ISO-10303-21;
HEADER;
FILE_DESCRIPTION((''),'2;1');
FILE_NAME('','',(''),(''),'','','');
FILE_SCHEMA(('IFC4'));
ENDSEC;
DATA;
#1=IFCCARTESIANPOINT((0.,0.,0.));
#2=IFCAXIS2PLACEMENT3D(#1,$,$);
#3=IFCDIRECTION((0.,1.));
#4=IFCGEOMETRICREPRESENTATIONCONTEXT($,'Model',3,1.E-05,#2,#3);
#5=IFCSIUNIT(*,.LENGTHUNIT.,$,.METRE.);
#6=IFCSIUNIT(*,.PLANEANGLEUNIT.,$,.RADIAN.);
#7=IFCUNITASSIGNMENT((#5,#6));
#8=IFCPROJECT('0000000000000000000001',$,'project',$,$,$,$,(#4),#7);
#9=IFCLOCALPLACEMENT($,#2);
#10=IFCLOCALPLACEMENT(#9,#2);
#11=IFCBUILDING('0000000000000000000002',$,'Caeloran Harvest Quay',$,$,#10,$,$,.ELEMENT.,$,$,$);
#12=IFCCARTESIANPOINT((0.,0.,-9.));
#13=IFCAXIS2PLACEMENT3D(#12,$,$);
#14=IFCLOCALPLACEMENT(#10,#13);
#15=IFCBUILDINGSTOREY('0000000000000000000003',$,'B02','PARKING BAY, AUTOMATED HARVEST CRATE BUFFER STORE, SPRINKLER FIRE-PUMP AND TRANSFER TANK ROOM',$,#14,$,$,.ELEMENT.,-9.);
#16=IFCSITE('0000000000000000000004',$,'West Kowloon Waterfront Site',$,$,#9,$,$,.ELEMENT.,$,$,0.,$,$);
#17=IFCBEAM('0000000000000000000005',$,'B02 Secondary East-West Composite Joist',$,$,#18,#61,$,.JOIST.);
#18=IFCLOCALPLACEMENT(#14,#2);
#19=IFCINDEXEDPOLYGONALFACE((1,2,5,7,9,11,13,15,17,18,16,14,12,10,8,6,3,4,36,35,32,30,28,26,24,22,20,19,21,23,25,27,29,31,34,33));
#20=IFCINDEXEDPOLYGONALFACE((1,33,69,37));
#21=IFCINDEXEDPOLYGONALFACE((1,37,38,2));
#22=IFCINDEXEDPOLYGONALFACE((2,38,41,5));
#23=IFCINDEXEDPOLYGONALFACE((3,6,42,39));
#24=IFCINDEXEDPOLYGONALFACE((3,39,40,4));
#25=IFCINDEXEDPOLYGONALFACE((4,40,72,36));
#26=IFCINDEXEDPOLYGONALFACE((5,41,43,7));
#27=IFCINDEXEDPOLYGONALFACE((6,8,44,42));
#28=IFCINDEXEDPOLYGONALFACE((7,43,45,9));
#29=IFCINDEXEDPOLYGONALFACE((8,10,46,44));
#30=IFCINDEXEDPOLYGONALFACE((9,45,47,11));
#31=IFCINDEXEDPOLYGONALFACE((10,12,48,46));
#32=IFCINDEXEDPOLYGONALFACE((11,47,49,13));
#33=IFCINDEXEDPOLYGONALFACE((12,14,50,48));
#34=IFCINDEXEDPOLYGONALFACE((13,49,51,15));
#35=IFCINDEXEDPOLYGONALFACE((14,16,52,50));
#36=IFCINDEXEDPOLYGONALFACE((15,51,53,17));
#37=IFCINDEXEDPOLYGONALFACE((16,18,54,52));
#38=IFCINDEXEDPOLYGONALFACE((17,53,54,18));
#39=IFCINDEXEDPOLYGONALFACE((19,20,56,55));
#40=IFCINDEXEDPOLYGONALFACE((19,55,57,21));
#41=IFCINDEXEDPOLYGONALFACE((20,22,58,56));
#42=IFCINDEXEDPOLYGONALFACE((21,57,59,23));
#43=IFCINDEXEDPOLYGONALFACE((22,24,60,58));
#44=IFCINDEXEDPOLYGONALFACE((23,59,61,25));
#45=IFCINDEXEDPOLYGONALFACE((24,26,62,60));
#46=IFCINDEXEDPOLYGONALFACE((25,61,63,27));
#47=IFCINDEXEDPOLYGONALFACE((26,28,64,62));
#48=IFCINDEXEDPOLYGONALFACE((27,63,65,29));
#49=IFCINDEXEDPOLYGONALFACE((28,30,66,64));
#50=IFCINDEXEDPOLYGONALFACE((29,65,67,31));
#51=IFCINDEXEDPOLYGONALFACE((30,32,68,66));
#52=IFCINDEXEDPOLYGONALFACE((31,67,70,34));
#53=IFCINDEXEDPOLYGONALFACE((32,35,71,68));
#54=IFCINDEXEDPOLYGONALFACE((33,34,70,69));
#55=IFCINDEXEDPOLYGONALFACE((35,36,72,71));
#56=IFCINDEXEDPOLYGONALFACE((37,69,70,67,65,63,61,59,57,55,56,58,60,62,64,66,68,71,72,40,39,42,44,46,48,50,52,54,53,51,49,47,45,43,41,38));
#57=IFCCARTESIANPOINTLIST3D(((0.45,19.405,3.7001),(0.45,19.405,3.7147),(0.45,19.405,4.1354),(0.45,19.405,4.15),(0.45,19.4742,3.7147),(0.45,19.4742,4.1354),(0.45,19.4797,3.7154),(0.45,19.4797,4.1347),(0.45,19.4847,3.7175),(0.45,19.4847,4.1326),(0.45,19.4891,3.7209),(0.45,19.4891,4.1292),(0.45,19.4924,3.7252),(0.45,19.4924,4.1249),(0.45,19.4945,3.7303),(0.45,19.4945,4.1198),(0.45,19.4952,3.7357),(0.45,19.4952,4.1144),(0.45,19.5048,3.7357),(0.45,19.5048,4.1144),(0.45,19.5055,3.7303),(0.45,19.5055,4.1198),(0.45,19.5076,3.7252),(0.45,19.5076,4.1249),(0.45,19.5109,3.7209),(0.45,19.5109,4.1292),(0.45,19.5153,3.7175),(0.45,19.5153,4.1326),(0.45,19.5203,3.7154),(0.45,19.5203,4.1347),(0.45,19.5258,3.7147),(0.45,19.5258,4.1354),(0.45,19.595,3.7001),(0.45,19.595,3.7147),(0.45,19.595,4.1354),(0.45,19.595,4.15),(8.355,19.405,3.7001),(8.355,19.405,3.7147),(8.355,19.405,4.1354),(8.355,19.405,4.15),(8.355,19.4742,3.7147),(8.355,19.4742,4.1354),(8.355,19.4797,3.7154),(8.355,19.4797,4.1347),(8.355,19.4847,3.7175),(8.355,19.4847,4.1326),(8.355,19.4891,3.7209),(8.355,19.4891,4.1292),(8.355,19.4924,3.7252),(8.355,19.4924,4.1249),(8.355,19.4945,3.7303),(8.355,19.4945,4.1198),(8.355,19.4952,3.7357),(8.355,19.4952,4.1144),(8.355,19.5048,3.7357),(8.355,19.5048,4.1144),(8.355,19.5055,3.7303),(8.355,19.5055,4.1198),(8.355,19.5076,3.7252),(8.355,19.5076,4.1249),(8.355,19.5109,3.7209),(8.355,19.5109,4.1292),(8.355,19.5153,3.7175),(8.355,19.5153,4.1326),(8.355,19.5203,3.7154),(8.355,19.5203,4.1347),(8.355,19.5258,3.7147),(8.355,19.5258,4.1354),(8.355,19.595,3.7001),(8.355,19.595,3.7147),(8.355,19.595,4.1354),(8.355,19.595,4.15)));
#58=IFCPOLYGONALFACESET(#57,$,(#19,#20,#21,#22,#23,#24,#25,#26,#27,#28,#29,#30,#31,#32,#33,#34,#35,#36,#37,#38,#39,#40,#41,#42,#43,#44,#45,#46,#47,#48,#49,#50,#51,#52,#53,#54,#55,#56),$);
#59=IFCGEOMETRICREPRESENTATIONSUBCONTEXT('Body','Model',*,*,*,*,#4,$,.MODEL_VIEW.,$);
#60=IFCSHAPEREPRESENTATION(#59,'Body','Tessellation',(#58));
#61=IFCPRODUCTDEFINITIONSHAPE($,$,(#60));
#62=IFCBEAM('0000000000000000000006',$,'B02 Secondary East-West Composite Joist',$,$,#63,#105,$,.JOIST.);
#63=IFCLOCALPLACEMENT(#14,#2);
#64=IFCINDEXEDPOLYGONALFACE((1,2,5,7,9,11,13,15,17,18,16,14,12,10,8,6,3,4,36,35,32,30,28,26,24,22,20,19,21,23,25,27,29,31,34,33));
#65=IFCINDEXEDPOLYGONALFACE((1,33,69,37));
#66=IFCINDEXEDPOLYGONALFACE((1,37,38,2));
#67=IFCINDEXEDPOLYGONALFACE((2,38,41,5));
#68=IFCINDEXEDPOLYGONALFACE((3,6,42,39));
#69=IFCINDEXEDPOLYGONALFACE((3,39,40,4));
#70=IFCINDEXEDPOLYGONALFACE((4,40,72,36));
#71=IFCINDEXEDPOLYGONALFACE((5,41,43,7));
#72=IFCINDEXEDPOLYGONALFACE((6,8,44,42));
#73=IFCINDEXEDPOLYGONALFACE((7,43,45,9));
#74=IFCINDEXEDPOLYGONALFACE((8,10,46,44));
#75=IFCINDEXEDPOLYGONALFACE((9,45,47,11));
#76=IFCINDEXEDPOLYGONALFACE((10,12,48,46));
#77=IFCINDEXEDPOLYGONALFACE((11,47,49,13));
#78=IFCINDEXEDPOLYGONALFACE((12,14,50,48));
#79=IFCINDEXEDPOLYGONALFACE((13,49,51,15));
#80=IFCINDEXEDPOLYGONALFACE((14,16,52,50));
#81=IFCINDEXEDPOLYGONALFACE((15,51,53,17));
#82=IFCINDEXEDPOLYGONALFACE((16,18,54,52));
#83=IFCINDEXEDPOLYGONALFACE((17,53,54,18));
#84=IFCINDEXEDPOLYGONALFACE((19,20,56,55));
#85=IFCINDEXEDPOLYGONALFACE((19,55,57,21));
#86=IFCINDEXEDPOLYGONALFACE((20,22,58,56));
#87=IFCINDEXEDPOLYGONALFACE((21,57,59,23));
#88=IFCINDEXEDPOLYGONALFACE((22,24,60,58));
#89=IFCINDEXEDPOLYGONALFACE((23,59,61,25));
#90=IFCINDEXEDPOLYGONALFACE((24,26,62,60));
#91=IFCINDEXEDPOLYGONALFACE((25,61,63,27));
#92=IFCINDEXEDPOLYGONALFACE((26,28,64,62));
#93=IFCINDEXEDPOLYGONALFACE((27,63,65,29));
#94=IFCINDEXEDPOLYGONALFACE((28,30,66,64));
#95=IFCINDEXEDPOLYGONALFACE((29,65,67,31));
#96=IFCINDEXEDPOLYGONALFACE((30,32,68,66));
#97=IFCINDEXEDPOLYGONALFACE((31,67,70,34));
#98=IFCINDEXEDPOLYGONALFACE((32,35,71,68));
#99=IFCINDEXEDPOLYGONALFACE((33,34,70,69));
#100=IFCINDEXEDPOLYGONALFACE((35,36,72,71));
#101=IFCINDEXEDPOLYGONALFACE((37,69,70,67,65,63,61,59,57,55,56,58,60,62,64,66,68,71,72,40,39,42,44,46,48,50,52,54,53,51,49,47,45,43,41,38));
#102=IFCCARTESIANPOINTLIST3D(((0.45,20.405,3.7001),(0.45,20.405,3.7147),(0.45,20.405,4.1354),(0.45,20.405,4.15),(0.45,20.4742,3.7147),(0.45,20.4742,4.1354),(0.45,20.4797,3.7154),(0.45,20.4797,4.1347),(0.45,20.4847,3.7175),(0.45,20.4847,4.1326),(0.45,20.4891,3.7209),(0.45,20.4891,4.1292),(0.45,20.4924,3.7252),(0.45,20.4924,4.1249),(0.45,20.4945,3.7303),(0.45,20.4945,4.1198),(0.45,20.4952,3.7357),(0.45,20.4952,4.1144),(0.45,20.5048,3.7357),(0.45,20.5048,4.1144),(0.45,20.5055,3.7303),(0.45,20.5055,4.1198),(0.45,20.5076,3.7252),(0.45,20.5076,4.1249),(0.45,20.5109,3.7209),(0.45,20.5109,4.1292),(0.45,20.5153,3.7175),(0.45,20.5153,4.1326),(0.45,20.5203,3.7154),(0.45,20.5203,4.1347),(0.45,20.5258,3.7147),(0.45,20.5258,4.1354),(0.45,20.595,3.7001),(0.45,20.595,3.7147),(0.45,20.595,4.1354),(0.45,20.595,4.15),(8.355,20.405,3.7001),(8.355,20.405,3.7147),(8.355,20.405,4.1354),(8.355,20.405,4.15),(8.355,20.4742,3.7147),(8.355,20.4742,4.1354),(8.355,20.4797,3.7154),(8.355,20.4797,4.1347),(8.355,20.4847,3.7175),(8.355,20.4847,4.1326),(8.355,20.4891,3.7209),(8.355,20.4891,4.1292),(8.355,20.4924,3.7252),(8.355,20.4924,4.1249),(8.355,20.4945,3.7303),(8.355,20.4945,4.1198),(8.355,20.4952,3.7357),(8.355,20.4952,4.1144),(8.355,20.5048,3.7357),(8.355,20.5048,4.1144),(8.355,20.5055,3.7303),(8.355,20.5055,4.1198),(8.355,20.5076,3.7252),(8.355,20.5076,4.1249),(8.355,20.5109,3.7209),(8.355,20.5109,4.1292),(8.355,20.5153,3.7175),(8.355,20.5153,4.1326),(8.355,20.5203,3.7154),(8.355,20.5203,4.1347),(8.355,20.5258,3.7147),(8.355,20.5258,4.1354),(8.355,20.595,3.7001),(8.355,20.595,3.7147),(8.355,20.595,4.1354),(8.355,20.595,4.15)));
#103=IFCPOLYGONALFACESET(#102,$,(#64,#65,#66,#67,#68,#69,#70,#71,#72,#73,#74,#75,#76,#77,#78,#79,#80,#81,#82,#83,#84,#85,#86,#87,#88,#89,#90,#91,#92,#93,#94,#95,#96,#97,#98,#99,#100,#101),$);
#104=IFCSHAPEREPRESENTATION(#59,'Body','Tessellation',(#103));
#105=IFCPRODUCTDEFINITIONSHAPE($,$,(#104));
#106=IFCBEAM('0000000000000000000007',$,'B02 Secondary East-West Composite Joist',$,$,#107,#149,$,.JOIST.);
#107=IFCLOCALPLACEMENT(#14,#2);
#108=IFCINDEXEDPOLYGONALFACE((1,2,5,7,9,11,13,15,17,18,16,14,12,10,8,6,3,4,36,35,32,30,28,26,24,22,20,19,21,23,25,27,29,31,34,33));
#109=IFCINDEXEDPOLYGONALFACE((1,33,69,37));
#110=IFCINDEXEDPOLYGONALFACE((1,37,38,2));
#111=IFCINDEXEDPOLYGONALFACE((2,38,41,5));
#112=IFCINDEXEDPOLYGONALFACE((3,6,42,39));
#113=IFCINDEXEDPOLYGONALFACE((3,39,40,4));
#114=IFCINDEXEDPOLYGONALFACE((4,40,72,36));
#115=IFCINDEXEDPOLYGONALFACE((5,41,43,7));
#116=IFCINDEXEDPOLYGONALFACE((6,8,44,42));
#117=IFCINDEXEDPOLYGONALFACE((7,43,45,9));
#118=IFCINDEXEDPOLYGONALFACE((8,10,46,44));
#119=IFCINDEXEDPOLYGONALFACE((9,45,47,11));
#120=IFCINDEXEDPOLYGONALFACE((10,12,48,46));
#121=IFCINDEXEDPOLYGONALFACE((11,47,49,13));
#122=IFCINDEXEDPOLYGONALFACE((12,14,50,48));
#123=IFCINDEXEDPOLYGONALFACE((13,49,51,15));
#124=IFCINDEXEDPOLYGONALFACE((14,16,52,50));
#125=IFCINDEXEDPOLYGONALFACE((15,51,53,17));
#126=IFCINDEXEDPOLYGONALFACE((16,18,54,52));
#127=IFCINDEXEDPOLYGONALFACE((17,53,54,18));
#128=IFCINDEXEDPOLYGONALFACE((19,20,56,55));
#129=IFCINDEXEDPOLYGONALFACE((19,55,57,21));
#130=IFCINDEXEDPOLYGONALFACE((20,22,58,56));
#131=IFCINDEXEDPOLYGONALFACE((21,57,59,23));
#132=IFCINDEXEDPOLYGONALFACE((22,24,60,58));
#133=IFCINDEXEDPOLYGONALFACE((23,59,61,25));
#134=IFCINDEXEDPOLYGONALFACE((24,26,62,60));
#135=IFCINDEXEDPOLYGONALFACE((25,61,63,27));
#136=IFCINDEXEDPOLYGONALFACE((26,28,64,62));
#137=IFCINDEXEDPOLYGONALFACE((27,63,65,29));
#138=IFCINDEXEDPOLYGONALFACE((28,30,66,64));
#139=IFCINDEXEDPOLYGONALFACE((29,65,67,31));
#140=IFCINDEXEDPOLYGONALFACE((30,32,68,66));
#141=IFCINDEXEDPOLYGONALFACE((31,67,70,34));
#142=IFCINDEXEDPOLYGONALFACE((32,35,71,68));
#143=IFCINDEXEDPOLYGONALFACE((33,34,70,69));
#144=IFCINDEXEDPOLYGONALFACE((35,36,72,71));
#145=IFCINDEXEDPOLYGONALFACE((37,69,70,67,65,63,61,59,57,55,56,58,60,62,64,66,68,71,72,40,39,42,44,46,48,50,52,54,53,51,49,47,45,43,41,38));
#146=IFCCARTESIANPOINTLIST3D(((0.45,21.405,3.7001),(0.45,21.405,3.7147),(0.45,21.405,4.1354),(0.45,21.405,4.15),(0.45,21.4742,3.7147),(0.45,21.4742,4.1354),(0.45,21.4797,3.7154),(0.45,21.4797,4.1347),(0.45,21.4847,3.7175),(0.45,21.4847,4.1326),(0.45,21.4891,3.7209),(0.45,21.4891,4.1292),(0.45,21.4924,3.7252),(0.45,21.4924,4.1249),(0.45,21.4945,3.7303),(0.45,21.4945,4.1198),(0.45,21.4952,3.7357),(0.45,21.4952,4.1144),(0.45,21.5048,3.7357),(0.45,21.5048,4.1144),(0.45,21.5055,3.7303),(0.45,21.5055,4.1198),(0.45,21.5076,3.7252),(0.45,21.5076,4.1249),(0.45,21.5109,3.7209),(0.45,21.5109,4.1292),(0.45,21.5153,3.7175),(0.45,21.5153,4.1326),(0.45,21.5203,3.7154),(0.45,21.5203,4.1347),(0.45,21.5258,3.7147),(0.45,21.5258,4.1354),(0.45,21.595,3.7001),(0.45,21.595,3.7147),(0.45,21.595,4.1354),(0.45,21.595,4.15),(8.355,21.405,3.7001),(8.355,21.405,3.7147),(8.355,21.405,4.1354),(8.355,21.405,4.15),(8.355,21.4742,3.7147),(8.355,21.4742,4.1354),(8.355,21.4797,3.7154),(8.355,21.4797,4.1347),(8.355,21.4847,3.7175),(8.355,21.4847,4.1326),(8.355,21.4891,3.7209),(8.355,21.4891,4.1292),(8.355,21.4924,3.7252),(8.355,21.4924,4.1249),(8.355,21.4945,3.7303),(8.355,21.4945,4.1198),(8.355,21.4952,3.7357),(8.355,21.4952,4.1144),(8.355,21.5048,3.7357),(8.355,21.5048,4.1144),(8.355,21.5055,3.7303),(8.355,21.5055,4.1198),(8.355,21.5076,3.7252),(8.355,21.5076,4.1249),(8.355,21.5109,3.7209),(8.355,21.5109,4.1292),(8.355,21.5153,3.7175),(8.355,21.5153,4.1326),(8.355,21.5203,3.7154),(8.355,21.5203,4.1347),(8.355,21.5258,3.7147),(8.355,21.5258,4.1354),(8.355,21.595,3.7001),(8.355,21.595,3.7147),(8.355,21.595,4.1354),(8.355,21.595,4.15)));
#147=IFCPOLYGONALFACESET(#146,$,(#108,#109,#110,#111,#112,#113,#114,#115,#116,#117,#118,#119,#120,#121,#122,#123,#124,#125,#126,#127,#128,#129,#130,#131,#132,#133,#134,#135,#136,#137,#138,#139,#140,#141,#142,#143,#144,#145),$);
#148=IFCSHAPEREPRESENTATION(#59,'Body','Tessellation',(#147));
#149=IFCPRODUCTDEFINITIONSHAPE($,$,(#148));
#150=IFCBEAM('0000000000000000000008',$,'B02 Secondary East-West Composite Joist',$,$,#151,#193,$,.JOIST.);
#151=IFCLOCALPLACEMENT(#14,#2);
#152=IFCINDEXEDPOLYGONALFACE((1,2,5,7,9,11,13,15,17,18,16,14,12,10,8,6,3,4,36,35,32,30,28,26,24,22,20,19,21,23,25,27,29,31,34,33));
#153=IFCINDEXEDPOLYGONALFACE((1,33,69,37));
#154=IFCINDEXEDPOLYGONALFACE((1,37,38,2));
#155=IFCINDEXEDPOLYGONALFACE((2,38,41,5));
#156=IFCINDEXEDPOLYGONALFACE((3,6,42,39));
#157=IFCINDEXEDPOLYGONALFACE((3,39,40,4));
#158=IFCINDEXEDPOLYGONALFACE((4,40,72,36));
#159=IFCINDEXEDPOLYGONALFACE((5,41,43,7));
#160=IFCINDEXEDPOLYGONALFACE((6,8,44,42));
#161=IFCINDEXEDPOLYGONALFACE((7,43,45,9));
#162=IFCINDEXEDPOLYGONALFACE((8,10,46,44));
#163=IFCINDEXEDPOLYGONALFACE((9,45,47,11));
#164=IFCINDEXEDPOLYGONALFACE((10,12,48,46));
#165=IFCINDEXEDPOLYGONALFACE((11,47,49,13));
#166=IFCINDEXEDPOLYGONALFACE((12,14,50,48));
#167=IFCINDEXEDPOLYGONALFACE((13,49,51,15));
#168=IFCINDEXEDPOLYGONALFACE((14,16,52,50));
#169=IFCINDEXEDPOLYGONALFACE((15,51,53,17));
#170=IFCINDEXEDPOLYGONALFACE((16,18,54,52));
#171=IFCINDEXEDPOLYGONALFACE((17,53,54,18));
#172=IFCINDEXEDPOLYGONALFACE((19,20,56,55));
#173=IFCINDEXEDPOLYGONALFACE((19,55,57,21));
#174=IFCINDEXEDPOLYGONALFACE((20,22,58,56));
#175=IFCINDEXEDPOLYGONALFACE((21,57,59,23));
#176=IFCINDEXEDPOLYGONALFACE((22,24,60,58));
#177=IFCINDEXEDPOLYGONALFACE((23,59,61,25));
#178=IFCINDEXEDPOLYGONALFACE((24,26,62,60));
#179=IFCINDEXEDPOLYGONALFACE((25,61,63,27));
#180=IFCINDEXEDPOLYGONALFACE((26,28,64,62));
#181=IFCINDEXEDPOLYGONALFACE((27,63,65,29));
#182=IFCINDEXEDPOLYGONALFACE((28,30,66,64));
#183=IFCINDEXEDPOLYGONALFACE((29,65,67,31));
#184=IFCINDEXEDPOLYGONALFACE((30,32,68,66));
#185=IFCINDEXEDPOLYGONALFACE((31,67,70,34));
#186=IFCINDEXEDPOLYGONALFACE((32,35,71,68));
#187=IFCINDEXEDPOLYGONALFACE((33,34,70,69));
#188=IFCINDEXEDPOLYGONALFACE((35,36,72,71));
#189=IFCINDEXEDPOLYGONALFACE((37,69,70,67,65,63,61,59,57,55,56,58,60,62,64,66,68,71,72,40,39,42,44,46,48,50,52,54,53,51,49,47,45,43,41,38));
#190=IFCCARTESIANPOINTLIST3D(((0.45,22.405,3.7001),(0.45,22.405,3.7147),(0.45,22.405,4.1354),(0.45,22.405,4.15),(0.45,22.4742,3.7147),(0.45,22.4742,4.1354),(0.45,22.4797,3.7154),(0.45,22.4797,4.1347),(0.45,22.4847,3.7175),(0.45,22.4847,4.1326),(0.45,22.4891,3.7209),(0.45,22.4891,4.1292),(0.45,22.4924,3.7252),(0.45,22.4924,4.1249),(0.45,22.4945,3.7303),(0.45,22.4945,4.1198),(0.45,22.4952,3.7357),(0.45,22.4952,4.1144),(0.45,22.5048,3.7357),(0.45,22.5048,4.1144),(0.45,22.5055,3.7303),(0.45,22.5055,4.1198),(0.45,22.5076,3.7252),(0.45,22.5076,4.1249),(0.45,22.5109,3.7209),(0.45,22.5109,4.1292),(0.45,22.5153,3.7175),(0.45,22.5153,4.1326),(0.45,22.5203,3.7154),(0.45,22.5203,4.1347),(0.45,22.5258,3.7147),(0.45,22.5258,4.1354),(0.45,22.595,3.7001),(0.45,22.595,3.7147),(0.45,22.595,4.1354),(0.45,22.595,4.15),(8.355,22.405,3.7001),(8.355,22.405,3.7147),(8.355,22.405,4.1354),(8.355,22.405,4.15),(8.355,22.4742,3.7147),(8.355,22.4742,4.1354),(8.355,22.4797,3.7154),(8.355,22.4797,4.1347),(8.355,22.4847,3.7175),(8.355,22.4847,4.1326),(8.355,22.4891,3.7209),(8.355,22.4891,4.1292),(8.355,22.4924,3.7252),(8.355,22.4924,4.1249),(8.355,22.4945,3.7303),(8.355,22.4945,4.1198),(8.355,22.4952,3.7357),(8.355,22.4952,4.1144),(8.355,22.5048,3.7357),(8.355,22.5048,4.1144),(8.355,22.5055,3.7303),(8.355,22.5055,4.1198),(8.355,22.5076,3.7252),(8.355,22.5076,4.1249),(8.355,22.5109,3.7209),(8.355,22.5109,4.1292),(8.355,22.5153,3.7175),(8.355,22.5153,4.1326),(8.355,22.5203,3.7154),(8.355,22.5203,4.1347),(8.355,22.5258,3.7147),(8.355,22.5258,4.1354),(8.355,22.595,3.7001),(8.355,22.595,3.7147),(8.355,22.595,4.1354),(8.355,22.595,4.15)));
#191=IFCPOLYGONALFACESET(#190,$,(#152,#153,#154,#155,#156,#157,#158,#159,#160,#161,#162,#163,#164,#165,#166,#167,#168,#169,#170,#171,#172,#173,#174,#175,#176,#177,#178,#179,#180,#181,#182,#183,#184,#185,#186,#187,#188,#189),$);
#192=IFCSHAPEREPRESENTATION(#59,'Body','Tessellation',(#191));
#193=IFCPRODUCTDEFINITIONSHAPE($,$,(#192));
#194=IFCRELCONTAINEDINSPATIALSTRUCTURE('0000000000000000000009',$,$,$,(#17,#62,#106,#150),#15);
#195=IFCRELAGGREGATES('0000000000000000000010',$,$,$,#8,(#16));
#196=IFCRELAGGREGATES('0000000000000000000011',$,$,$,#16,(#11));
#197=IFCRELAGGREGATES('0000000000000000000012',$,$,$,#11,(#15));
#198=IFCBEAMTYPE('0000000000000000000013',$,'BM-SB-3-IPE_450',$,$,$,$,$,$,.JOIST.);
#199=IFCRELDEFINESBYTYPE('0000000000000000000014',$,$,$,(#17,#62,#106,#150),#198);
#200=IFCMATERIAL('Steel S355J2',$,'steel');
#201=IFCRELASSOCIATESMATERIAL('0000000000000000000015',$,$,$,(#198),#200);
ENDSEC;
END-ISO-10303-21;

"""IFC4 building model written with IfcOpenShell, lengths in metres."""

from ifc_helpers import new_model, si_unit, direction, frame, origin, origin_2d, place, context, subcontext, project, spatial, i_section, extrude, material, material_profile, profile_set, type_object, element, save


model = new_model("IFC4")

# Units and contexts
model_context = context("Model", 3, precision=1e-05, world=origin(), true_north=direction((0.0, 1.0)))
body_context = subcontext(model_context, "Body", "Model", "MODEL_VIEW")
ifc_project = project(units=[si_unit("LENGTHUNIT", "METRE"), si_unit("PLANEANGLEUNIT", "RADIAN")], contexts=[model_context])

# Site, building, storey
site_placement = place(None, origin())
site = spatial("IfcSite", under=ifc_project, at=site_placement, Name="West Kowloon Waterfront Site", CompositionType="ELEMENT", RefElevation=0.0)
building_placement = place(site_placement, origin())
building = spatial("IfcBuilding", under=site, at=building_placement, Name="Caeloran Harvest Quay", CompositionType="ELEMENT")
storey_placement = place(building_placement, frame((0.0, 0.0, -9.0)))
storey = spatial("IfcBuildingStorey", under=building, at=storey_placement, Name="B02", Description="PARKING BAY, AUTOMATED HARVEST CRATE BUFFER STORE, SPRINKLER FIRE-PUMP AND TRANSFER TANK ROOM", CompositionType="ELEMENT", Elevation=-9.0)

# Beams
ifc_material_1 = material(Name="Steel S355J2", Category="steel")
ifc_material_profile_1 = material_profile(ifc_material_1, i_section(OverallWidth=0.1899, OverallDepth=0.45, WebThickness=0.0095, FlangeThickness=0.0146, FilletRadius=0.021, at=origin_2d()), Name="IPE 450")
ifc_profile_set_1 = profile_set([ifc_material_profile_1], Name="Steel S355J2")
beam_type_1 = type_object("IfcBeamType", Name="BM-SB-3-IPE_450", PredefinedType="JOIST", material=ifc_profile_set_1)
for number, where, z_axis, x_axis, name in (
    (1, (0.45, 19.5, 3.925), (1.0, 0.0, 0.0), (0.0, 1.0, 0.0), "B02 Secondary East-West Composite Joist"),
    (2, (0.45, 20.5, 3.925), (1.0, 0.0, 0.0), (0.0, 1.0, 0.0), "B02 Secondary East-West Composite Joist"),
    (3, (0.45, 21.5, 3.925), (1.0, 0.0, 0.0), (0.0, 1.0, 0.0), "B02 Secondary East-West Composite Joist"),
    (4, (0.45, 22.5, 3.925), (1.0, 0.0, 0.0), (0.0, 1.0, 0.0), "B02 Secondary East-West Composite Joist"),
):
    element("IfcBeam", number, at=place(storey_placement, frame(where, z_axis=z_axis, x_axis=x_axis)), inside=storey, type_object=beam_type_1, Name=name, PredefinedType="JOIST", context=body_context, shape_type="SweptSolid", body=[
        extrude(i_section(OverallWidth=0.1899, OverallDepth=0.45, WebThickness=0.0095, FlangeThickness=0.0146, FilletRadius=0.021, at=origin_2d()), origin(), (0.0, 0.0, 1.0), 7.905),
    ])

save(model, "model.ifc")
